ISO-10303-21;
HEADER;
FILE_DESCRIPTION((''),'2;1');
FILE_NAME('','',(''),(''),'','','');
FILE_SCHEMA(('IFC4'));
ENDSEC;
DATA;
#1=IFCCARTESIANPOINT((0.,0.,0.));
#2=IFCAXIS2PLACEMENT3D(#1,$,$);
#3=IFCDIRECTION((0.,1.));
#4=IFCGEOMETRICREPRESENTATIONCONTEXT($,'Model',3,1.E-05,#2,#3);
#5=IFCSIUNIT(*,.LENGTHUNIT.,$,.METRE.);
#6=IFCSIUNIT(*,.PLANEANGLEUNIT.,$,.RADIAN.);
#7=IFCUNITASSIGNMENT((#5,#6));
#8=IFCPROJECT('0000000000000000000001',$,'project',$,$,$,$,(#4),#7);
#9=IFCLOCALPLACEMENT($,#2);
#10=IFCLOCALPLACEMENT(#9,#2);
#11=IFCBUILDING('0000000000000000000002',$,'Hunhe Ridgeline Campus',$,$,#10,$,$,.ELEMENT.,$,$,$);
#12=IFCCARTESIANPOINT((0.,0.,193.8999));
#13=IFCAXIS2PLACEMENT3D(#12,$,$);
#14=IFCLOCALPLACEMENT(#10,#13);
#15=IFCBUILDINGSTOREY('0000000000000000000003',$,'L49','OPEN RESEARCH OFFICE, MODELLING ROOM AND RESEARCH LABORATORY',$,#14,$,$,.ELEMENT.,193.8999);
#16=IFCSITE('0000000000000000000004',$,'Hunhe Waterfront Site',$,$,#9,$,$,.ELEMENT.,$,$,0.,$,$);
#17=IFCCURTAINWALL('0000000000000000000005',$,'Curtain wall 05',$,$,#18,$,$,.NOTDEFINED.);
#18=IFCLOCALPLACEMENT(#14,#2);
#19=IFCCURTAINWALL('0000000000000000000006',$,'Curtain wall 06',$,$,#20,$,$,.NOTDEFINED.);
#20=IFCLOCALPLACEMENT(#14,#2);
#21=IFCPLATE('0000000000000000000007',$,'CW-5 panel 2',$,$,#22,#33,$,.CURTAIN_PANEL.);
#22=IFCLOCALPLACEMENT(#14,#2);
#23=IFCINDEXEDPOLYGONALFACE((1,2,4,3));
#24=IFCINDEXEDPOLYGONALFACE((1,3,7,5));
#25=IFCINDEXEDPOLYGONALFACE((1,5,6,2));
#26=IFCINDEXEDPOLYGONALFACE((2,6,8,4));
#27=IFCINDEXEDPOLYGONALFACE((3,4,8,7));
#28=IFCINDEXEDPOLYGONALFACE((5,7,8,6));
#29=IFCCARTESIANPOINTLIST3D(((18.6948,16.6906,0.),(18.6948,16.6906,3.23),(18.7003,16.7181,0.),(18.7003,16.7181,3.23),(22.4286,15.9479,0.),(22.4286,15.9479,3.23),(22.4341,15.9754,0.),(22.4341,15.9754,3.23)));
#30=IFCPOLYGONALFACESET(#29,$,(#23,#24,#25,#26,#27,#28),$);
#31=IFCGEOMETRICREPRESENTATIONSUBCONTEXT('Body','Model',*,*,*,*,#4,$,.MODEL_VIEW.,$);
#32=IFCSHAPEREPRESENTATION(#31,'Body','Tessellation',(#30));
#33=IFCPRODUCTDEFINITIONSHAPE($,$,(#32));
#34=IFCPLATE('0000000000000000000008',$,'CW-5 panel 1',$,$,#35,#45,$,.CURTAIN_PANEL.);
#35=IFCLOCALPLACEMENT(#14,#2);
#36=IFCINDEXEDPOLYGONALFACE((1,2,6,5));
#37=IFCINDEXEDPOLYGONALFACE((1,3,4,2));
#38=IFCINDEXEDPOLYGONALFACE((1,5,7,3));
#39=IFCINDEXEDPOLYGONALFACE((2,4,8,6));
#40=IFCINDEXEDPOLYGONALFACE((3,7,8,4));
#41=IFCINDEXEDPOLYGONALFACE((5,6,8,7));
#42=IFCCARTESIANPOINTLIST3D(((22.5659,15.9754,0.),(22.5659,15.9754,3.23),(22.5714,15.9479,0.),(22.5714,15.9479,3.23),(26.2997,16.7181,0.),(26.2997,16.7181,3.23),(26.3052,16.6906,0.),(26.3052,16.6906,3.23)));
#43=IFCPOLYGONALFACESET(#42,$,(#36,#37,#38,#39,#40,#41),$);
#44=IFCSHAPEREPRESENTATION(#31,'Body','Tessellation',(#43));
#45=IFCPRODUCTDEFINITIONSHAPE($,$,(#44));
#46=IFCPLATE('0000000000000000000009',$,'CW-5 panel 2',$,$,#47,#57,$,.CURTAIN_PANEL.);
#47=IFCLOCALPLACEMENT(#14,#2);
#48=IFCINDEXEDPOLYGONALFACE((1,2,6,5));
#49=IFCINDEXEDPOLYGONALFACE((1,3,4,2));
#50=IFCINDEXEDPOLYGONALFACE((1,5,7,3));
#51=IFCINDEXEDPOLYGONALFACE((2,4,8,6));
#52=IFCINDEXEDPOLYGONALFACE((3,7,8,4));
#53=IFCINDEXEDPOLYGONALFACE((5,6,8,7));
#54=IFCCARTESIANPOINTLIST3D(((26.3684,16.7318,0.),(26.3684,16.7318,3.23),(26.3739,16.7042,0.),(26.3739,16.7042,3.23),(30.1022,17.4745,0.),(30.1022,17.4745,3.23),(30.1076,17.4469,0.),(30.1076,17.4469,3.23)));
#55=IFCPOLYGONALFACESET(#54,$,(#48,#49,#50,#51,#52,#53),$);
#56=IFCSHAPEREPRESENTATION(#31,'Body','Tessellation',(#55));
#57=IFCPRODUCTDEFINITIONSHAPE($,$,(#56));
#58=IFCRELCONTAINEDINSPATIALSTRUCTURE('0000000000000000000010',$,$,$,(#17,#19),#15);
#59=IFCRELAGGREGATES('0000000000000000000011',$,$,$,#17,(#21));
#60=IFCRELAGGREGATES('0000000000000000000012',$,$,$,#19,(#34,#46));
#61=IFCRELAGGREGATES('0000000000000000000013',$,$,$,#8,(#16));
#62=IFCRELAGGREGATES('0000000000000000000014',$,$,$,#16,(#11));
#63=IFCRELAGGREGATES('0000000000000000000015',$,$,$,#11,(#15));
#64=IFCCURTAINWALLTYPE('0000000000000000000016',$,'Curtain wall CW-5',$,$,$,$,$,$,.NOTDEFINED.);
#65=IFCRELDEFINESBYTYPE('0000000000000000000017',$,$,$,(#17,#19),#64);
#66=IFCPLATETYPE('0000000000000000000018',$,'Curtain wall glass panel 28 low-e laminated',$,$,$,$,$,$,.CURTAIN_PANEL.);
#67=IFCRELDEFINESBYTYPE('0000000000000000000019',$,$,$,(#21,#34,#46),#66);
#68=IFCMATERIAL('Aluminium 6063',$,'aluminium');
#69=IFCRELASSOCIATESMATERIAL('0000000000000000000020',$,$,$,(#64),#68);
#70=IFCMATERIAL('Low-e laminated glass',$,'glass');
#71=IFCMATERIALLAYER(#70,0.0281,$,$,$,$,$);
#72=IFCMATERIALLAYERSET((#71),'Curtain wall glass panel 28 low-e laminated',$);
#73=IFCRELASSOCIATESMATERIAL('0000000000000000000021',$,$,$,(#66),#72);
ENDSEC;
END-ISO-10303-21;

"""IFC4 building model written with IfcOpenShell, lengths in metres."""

from ifc_helpers import new_model, si_unit, direction, frame, origin, origin_2d, place, context, subcontext, project, spatial, rectangle, extrude, material, layer, layer_set, type_object, element, aggregate, save


model = new_model("IFC4")

# Units and contexts
model_context = context("Model", 3, precision=1e-05, world=origin(), true_north=direction((0.0, 1.0)))
body_context = subcontext(model_context, "Body", "Model", "MODEL_VIEW")
ifc_project = project(units=[si_unit("LENGTHUNIT", "METRE"), si_unit("PLANEANGLEUNIT", "RADIAN")], contexts=[model_context])

# Site, building, storey
site_placement = place(None, origin())
site = spatial("IfcSite", under=ifc_project, at=site_placement, Name="Hunhe Waterfront Site", CompositionType="ELEMENT", RefElevation=0.0)
building_placement = place(site_placement, origin())
building = spatial("IfcBuilding", under=site, at=building_placement, Name="Hunhe Ridgeline Campus", CompositionType="ELEMENT")
storey_placement = place(building_placement, frame((0.0, 0.0, 193.8999)))
storey = spatial("IfcBuildingStorey", under=building, at=storey_placement, Name="L49", Description="OPEN RESEARCH OFFICE, MODELLING ROOM AND RESEARCH LABORATORY", CompositionType="ELEMENT", Elevation=193.8999)

# Shared definitions
ifc_material_1 = material(Name="Aluminium 6063", Category="aluminium")
curtain_wall_type = type_object("IfcCurtainWallType", Name="Curtain wall CW-5", PredefinedType="NOTDEFINED", material=ifc_material_1)

# Curtain walls
curtain_wall_1_placement = place(storey_placement, origin())
curtain_wall_1 = element("IfcCurtainWall", 1, at=curtain_wall_1_placement, inside=storey, type_object=curtain_wall_type, Name="Curtain wall 05", PredefinedType="NOTDEFINED")
curtain_wall_2_placement = place(storey_placement, origin())
curtain_wall_2 = element("IfcCurtainWall", 2, at=curtain_wall_2_placement, inside=storey, type_object=curtain_wall_type, Name="Curtain wall 06", PredefinedType="NOTDEFINED")

# Plates
ifc_material_2 = material(Name="Low-e laminated glass", Category="glass")
ifc_layer_1 = layer(ifc_material_2, 0.0281)
ifc_layer_set_1 = layer_set([ifc_layer_1], Name="Curtain wall glass panel 28 low-e laminated")
plate_type = type_object("IfcPlateType", Name="Curtain wall glass panel 28 low-e laminated", PredefinedType="CURTAIN_PANEL", material=ifc_layer_set_1)
plate_1_placement = place(storey_placement, frame((20.5645, 16.333, 0.0), z_axis=(0.0, 0.0, 1.0), x_axis=(0.980785, -0.19509, 0.0)))
plate_1 = element("IfcPlate", 3, at=plate_1_placement, type_object=plate_type, Name="CW-5 panel 2", PredefinedType="CURTAIN_PANEL", context=body_context, shape_type="SweptSolid", body=[
    extrude(rectangle(XDim=3.8069, YDim=0.0281, at=origin_2d()), origin(), (0.0, 0.0, 1.0), 3.23),
])
aggregate(curtain_wall_1, [plate_1])
plate_2_placement = place(storey_placement, frame((24.4355, 16.333, 0.0), z_axis=(0.0, 0.0, 1.0), x_axis=(0.980785, 0.19509, 0.0)))
plate_2 = element("IfcPlate", 4, at=plate_2_placement, type_object=plate_type, Name="CW-5 panel 1", PredefinedType="CURTAIN_PANEL", context=body_context, shape_type="SweptSolid", body=[
    extrude(rectangle(XDim=3.8069, YDim=0.0281, at=origin_2d()), origin(), (0.0, 0.0, 1.0), 3.23),
])
plate_3_placement = place(storey_placement, frame((28.238, 17.0894, 0.0), z_axis=(0.0, 0.0, 1.0), x_axis=(0.980785, 0.19509, 0.0)))
plate_3 = element("IfcPlate", 5, at=plate_3_placement, type_object=plate_type, Name="CW-5 panel 2", PredefinedType="CURTAIN_PANEL", context=body_context, shape_type="SweptSolid", body=[
    extrude(rectangle(XDim=3.8069, YDim=0.0281, at=origin_2d()), origin(), (0.0, 0.0, 1.0), 3.23),
])
aggregate(curtain_wall_2, [plate_2, plate_3])

save(model, "model.ifc")
